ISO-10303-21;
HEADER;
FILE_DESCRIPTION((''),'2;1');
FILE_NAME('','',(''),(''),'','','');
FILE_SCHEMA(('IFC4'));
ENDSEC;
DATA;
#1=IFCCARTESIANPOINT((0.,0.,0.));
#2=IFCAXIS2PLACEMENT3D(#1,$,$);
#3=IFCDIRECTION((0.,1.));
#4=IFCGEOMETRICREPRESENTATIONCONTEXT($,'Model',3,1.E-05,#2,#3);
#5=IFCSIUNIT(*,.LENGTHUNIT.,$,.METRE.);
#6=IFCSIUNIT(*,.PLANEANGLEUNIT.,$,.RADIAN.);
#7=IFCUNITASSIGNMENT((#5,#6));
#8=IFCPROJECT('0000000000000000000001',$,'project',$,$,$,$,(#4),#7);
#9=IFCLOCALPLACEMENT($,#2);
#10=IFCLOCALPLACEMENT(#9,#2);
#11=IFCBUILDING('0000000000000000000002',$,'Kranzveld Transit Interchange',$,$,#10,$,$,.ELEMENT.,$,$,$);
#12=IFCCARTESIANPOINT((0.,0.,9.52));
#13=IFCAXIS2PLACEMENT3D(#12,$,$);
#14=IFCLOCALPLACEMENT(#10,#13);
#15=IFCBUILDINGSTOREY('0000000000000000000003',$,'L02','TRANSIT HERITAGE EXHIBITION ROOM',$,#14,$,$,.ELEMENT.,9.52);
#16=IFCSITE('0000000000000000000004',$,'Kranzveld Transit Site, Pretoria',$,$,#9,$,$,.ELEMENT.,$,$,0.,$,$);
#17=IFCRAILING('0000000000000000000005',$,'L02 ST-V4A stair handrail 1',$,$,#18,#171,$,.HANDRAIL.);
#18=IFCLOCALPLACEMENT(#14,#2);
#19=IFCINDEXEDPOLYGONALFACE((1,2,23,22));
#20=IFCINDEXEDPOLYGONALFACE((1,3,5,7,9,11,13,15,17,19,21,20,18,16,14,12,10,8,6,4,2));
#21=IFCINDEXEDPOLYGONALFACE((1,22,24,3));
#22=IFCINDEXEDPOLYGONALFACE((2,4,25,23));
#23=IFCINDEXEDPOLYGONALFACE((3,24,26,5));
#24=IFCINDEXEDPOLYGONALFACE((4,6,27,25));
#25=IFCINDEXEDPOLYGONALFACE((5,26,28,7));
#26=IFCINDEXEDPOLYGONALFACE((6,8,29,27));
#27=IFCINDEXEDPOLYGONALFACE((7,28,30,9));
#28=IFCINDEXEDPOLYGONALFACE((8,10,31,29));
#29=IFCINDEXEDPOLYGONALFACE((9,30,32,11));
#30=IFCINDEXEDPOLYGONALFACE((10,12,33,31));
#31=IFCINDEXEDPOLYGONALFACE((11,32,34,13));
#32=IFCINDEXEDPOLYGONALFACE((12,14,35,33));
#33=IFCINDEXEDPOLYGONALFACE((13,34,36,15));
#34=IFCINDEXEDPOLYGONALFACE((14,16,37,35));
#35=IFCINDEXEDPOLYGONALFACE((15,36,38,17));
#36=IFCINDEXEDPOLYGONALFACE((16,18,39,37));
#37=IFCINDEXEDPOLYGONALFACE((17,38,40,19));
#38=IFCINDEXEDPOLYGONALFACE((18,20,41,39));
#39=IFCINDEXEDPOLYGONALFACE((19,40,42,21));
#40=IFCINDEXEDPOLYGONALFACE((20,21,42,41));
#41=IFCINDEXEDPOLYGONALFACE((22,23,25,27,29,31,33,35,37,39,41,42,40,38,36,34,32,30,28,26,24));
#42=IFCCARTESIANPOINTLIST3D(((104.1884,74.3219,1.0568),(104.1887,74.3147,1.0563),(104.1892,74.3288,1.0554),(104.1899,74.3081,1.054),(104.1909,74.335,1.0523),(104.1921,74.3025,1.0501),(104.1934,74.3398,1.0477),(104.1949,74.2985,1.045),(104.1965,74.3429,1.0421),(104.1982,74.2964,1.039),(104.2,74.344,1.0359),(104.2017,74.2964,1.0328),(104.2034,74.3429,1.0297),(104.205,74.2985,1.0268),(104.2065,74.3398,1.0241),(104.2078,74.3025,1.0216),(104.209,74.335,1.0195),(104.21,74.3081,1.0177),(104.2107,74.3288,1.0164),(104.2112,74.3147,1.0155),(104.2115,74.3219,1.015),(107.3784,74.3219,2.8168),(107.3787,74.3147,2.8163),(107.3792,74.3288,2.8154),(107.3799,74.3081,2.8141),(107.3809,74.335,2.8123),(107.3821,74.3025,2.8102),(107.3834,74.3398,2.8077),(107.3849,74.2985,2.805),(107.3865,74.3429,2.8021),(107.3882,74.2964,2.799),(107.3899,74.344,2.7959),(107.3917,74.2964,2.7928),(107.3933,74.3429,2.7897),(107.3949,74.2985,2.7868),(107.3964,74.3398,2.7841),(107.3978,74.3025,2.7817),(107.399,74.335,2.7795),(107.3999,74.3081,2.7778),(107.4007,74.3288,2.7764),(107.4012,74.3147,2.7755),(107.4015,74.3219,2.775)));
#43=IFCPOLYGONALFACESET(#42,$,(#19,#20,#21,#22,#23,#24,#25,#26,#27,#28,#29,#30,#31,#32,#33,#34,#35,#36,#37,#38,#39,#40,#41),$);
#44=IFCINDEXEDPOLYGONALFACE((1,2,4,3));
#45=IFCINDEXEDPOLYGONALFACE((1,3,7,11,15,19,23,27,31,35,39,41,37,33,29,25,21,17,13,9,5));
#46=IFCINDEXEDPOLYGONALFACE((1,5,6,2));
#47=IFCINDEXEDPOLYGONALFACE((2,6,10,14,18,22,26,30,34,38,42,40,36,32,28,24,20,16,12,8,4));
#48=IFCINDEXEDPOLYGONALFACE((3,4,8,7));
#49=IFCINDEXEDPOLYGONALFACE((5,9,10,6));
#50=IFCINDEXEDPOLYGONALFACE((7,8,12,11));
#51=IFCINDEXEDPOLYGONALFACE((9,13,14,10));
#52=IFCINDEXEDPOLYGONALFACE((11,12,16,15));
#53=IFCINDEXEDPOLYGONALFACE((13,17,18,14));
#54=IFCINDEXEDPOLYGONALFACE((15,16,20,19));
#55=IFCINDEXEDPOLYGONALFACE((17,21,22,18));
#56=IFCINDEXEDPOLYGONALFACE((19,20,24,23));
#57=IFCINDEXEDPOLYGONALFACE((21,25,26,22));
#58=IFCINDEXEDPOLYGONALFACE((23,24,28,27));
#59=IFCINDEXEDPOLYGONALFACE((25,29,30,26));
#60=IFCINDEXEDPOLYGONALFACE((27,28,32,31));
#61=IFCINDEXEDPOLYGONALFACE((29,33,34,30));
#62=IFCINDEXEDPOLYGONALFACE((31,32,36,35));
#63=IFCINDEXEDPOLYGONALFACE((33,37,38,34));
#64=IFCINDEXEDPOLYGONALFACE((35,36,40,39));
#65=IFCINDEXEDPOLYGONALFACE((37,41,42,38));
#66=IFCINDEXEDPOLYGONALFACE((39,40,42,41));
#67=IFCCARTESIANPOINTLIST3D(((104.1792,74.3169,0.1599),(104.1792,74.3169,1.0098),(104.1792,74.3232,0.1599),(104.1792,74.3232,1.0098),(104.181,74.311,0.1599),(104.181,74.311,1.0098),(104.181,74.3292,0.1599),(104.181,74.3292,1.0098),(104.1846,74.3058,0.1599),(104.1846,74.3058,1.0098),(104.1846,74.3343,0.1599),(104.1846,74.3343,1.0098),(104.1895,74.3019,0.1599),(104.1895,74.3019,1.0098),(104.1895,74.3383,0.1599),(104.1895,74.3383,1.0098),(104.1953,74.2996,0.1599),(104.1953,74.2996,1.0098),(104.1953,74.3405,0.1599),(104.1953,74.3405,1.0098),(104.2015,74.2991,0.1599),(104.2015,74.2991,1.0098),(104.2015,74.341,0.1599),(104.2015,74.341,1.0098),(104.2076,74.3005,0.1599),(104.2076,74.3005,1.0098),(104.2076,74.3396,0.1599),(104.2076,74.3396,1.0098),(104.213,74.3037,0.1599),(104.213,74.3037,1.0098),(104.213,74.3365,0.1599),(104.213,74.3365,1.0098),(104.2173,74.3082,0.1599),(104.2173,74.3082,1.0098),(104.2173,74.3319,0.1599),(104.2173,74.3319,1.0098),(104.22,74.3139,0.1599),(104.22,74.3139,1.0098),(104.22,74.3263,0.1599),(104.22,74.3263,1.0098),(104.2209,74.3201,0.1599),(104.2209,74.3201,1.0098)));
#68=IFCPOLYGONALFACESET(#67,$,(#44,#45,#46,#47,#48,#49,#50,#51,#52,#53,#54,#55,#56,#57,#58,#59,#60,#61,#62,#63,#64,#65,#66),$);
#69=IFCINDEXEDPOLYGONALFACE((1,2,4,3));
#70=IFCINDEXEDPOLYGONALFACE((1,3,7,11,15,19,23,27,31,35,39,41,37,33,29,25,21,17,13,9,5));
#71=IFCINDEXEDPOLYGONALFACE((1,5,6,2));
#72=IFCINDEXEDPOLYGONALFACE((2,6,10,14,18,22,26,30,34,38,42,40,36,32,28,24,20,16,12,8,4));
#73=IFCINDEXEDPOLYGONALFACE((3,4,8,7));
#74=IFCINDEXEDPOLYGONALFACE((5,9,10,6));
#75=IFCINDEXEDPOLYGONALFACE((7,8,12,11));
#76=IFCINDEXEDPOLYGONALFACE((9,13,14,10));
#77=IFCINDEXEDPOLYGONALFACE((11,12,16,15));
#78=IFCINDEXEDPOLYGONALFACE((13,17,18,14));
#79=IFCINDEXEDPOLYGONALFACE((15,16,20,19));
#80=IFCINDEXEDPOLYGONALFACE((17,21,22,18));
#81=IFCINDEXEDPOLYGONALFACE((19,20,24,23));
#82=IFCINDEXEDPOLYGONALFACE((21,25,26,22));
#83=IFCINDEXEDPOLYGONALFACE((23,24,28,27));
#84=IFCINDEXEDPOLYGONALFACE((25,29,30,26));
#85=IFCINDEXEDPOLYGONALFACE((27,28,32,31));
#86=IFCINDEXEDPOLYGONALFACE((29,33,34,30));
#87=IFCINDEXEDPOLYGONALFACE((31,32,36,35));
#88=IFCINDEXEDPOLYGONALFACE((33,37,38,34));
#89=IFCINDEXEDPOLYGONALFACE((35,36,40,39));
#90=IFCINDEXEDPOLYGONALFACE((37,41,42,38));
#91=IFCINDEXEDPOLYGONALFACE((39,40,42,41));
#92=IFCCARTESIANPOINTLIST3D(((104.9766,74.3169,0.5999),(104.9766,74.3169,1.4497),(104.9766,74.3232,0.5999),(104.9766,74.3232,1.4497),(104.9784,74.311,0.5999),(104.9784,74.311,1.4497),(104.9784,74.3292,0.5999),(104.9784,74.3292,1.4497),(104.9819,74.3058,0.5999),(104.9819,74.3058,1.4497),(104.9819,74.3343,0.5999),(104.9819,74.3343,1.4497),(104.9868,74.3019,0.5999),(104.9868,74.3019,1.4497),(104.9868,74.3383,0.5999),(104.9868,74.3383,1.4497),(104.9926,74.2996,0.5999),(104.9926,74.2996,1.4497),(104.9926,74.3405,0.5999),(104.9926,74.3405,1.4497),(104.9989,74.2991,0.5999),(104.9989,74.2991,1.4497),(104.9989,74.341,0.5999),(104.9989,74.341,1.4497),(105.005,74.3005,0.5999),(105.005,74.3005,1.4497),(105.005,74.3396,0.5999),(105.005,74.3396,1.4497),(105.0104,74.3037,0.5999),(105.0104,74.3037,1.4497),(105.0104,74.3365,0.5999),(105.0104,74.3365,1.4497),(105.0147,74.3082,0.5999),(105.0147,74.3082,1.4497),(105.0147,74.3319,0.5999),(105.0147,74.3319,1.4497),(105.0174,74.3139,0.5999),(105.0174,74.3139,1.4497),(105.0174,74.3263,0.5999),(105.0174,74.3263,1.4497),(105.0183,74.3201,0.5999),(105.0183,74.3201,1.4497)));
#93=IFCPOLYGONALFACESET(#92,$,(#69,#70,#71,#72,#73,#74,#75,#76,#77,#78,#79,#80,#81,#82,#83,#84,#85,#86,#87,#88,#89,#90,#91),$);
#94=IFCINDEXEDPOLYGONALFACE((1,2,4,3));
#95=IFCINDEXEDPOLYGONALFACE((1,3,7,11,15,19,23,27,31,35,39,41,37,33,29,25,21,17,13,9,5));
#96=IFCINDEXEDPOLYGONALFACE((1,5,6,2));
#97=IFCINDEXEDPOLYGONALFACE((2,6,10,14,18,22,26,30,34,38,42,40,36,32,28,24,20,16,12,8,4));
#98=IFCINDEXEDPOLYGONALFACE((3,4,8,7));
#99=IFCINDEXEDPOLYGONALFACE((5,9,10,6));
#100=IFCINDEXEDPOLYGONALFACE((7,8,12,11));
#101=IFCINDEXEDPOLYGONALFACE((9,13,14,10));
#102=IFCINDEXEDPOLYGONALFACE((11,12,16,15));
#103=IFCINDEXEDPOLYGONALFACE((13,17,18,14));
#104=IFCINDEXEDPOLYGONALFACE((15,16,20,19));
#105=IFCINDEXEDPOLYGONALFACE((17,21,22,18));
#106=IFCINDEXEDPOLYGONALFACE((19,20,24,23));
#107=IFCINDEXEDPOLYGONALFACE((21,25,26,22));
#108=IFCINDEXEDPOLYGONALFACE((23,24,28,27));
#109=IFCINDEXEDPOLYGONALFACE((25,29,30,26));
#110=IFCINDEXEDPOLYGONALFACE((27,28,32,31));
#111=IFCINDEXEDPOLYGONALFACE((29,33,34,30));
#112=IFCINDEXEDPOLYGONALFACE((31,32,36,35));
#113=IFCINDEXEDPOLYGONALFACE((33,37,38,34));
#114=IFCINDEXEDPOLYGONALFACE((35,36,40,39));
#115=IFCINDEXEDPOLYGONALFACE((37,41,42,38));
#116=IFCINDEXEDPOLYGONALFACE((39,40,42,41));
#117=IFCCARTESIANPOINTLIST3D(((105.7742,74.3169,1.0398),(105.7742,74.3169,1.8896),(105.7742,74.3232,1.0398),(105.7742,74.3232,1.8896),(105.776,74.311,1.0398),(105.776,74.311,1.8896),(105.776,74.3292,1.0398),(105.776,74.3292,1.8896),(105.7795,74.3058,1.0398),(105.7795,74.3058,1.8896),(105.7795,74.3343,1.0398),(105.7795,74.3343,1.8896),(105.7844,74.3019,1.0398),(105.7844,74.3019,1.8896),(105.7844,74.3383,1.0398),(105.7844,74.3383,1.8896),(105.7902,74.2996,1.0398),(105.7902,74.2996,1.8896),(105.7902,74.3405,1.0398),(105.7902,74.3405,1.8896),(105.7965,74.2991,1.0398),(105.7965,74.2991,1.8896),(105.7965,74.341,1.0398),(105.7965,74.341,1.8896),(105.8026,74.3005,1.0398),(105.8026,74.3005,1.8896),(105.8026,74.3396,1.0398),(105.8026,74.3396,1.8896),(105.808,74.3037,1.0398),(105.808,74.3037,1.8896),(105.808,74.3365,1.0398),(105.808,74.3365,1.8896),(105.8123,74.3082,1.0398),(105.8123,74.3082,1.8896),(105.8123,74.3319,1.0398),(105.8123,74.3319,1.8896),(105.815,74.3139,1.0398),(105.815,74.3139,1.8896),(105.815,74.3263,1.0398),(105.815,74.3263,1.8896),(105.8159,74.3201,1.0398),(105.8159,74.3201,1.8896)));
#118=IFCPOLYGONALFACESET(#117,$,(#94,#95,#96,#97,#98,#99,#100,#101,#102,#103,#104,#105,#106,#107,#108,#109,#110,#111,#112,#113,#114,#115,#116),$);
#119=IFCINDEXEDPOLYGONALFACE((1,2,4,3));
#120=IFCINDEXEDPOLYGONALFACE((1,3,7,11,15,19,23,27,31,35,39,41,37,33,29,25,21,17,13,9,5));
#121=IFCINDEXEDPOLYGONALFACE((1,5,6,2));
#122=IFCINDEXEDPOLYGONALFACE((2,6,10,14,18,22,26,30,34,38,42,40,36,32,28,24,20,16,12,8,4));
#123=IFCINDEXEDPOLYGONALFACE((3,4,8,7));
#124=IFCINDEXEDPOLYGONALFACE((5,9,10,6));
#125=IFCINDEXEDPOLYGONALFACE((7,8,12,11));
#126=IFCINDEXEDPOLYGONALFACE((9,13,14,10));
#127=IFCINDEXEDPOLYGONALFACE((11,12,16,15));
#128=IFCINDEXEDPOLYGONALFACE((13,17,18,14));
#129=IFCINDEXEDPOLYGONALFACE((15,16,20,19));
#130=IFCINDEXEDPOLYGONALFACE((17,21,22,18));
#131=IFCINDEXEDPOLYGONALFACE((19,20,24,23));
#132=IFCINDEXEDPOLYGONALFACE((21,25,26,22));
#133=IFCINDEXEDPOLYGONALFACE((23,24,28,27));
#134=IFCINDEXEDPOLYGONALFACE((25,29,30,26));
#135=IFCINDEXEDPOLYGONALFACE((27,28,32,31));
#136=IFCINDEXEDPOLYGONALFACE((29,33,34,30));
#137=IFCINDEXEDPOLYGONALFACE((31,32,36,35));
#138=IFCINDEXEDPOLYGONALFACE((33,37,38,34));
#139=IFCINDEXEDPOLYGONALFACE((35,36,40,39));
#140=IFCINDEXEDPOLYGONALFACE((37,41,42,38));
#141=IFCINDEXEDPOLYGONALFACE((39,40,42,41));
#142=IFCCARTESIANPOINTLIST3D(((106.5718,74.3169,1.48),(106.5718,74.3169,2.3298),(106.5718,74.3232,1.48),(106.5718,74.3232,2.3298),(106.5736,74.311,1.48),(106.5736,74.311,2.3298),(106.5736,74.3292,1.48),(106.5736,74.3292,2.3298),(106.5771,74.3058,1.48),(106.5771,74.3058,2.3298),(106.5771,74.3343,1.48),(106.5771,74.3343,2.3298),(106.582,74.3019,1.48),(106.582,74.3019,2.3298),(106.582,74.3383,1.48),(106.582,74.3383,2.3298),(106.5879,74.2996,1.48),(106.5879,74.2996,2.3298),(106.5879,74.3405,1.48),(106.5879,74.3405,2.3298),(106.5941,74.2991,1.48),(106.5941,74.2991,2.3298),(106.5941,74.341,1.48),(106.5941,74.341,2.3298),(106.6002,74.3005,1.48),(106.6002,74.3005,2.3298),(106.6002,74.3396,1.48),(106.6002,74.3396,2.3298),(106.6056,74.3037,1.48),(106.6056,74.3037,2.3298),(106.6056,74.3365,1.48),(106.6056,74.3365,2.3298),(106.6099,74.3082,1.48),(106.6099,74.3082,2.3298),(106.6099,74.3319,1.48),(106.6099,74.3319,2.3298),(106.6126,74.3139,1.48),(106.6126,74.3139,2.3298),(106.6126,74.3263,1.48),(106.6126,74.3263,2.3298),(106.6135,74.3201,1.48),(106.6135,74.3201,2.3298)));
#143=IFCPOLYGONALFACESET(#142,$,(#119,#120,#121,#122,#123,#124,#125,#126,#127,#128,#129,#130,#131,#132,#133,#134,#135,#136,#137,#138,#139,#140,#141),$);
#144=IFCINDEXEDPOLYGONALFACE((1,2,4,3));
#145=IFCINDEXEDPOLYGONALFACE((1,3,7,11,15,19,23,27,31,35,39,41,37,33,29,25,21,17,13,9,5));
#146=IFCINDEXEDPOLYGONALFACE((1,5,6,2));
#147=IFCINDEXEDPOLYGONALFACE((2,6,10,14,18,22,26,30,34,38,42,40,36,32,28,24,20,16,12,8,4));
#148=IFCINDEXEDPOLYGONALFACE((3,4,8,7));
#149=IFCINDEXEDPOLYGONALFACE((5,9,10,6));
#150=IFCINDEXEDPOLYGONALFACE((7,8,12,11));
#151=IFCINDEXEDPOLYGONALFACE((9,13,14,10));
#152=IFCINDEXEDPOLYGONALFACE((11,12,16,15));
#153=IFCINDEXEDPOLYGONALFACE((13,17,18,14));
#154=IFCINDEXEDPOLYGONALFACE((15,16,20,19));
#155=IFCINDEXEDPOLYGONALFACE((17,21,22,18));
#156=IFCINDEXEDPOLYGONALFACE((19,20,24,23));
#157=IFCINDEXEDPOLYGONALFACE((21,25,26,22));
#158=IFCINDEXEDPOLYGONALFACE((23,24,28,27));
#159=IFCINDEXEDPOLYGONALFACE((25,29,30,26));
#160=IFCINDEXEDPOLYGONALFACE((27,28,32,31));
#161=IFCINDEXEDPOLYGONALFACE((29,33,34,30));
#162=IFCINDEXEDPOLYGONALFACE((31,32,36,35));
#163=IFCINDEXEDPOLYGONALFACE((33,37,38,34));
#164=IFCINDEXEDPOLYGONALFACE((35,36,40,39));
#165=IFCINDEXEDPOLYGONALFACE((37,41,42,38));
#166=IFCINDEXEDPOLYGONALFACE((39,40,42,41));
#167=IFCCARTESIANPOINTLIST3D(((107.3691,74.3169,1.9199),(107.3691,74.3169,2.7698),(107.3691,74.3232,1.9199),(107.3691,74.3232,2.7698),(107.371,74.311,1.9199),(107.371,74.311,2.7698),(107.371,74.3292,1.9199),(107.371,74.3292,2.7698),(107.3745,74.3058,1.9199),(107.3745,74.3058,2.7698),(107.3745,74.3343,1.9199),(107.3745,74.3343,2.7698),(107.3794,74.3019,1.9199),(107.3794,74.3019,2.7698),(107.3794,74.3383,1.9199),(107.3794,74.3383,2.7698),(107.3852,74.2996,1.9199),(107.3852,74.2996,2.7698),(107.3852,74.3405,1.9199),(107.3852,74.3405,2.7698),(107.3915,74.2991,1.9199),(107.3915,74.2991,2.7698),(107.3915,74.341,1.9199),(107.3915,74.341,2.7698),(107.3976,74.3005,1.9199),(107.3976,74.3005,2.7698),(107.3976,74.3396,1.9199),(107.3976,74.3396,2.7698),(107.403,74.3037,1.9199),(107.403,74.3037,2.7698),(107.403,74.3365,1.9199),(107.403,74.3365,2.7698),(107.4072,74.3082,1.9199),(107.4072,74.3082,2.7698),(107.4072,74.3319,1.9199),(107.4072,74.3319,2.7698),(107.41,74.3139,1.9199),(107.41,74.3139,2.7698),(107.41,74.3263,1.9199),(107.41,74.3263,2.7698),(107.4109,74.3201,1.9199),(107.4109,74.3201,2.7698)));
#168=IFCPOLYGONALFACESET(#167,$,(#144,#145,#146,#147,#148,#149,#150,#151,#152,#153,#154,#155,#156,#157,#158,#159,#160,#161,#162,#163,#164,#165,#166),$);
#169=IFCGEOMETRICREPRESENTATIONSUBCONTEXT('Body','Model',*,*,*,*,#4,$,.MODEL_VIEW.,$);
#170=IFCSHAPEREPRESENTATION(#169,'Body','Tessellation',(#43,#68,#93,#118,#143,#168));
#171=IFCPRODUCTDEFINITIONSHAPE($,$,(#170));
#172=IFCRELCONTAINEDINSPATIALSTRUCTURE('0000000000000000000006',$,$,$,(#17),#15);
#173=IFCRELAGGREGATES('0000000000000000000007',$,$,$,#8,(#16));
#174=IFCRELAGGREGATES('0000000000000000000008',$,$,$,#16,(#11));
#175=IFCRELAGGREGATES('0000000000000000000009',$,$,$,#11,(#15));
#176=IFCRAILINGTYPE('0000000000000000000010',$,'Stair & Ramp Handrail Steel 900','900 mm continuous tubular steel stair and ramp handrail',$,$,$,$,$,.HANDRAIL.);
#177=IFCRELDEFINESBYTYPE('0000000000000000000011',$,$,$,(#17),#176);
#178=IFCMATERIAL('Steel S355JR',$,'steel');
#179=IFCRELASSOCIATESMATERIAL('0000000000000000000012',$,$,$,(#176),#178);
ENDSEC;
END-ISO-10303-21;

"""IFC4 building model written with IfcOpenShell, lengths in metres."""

from ifc_helpers import new_model, si_unit, direction, frame, origin, origin_2d, place, context, subcontext, project, spatial, circle, extrude, material, type_object, element, save


model = new_model("IFC4")

# Units and contexts
model_context = context("Model", 3, precision=1e-05, world=origin(), true_north=direction((0.0, 1.0)))
body_context = subcontext(model_context, "Body", "Model", "MODEL_VIEW")
ifc_project = project(units=[si_unit("LENGTHUNIT", "METRE"), si_unit("PLANEANGLEUNIT", "RADIAN")], contexts=[model_context])

# Site, building, storey
site_placement = place(None, origin())
site = spatial("IfcSite", under=ifc_project, at=site_placement, Name="Kranzveld Transit Site, Pretoria", CompositionType="ELEMENT", RefElevation=0.0)
building_placement = place(site_placement, origin())
building = spatial("IfcBuilding", under=site, at=building_placement, Name="Kranzveld Transit Interchange", CompositionType="ELEMENT")
storey_placement = place(building_placement, frame((0.0, 0.0, 9.52)))
storey = spatial("IfcBuildingStorey", under=building, at=storey_placement, Name="L02", Description="TRANSIT HERITAGE EXHIBITION ROOM", CompositionType="ELEMENT", Elevation=9.52)

# Railing
ifc_material_1 = material(Name="Steel S355JR", Category="steel")
railing_type_1 = type_object("IfcRailingType", Name="Stair & Ramp Handrail Steel 900", Description="900 mm continuous tubular steel stair and ramp handrail", PredefinedType="HANDRAIL", material=ifc_material_1)
railing_1_placement = place(storey_placement, frame((104.2, 74.3201, 0.1599)))
element("IfcRailing", 1, at=railing_1_placement, inside=storey, type_object=railing_type_1, Name="L02 ST-V4A stair handrail 1", PredefinedType="HANDRAIL", context=body_context, shape_type="SweptSolid", body=[
    extrude(circle(Radius=0.0239, at=origin_2d()), frame((0.0, 0.0, 0.876), z_axis=(0.875573, 0.0, 0.483086), x_axis=(0.0, 1.0, 0.0)), (0.0, 0.0, 1.0), 3.6433),
    extrude(circle(Radius=0.021, at=origin_2d()), origin(), (0.0, 0.0, 1.0), 0.8499),
    extrude(circle(Radius=0.021, at=origin_2d()), frame((0.7974, 0.0, 0.4399)), (0.0, 0.0, 1.0), 0.8499),
    extrude(circle(Radius=0.021, at=origin_2d()), frame((1.595, 0.0, 0.8799)), (0.0, 0.0, 1.0), 0.8499),
    extrude(circle(Radius=0.021, at=origin_2d()), frame((2.3926, 0.0, 1.3201)), (0.0, 0.0, 1.0), 0.8499),
    extrude(circle(Radius=0.021, at=origin_2d()), frame((3.1899, 0.0, 1.76)), (0.0, 0.0, 1.0), 0.8499),
])

save(model, "model.ifc")
